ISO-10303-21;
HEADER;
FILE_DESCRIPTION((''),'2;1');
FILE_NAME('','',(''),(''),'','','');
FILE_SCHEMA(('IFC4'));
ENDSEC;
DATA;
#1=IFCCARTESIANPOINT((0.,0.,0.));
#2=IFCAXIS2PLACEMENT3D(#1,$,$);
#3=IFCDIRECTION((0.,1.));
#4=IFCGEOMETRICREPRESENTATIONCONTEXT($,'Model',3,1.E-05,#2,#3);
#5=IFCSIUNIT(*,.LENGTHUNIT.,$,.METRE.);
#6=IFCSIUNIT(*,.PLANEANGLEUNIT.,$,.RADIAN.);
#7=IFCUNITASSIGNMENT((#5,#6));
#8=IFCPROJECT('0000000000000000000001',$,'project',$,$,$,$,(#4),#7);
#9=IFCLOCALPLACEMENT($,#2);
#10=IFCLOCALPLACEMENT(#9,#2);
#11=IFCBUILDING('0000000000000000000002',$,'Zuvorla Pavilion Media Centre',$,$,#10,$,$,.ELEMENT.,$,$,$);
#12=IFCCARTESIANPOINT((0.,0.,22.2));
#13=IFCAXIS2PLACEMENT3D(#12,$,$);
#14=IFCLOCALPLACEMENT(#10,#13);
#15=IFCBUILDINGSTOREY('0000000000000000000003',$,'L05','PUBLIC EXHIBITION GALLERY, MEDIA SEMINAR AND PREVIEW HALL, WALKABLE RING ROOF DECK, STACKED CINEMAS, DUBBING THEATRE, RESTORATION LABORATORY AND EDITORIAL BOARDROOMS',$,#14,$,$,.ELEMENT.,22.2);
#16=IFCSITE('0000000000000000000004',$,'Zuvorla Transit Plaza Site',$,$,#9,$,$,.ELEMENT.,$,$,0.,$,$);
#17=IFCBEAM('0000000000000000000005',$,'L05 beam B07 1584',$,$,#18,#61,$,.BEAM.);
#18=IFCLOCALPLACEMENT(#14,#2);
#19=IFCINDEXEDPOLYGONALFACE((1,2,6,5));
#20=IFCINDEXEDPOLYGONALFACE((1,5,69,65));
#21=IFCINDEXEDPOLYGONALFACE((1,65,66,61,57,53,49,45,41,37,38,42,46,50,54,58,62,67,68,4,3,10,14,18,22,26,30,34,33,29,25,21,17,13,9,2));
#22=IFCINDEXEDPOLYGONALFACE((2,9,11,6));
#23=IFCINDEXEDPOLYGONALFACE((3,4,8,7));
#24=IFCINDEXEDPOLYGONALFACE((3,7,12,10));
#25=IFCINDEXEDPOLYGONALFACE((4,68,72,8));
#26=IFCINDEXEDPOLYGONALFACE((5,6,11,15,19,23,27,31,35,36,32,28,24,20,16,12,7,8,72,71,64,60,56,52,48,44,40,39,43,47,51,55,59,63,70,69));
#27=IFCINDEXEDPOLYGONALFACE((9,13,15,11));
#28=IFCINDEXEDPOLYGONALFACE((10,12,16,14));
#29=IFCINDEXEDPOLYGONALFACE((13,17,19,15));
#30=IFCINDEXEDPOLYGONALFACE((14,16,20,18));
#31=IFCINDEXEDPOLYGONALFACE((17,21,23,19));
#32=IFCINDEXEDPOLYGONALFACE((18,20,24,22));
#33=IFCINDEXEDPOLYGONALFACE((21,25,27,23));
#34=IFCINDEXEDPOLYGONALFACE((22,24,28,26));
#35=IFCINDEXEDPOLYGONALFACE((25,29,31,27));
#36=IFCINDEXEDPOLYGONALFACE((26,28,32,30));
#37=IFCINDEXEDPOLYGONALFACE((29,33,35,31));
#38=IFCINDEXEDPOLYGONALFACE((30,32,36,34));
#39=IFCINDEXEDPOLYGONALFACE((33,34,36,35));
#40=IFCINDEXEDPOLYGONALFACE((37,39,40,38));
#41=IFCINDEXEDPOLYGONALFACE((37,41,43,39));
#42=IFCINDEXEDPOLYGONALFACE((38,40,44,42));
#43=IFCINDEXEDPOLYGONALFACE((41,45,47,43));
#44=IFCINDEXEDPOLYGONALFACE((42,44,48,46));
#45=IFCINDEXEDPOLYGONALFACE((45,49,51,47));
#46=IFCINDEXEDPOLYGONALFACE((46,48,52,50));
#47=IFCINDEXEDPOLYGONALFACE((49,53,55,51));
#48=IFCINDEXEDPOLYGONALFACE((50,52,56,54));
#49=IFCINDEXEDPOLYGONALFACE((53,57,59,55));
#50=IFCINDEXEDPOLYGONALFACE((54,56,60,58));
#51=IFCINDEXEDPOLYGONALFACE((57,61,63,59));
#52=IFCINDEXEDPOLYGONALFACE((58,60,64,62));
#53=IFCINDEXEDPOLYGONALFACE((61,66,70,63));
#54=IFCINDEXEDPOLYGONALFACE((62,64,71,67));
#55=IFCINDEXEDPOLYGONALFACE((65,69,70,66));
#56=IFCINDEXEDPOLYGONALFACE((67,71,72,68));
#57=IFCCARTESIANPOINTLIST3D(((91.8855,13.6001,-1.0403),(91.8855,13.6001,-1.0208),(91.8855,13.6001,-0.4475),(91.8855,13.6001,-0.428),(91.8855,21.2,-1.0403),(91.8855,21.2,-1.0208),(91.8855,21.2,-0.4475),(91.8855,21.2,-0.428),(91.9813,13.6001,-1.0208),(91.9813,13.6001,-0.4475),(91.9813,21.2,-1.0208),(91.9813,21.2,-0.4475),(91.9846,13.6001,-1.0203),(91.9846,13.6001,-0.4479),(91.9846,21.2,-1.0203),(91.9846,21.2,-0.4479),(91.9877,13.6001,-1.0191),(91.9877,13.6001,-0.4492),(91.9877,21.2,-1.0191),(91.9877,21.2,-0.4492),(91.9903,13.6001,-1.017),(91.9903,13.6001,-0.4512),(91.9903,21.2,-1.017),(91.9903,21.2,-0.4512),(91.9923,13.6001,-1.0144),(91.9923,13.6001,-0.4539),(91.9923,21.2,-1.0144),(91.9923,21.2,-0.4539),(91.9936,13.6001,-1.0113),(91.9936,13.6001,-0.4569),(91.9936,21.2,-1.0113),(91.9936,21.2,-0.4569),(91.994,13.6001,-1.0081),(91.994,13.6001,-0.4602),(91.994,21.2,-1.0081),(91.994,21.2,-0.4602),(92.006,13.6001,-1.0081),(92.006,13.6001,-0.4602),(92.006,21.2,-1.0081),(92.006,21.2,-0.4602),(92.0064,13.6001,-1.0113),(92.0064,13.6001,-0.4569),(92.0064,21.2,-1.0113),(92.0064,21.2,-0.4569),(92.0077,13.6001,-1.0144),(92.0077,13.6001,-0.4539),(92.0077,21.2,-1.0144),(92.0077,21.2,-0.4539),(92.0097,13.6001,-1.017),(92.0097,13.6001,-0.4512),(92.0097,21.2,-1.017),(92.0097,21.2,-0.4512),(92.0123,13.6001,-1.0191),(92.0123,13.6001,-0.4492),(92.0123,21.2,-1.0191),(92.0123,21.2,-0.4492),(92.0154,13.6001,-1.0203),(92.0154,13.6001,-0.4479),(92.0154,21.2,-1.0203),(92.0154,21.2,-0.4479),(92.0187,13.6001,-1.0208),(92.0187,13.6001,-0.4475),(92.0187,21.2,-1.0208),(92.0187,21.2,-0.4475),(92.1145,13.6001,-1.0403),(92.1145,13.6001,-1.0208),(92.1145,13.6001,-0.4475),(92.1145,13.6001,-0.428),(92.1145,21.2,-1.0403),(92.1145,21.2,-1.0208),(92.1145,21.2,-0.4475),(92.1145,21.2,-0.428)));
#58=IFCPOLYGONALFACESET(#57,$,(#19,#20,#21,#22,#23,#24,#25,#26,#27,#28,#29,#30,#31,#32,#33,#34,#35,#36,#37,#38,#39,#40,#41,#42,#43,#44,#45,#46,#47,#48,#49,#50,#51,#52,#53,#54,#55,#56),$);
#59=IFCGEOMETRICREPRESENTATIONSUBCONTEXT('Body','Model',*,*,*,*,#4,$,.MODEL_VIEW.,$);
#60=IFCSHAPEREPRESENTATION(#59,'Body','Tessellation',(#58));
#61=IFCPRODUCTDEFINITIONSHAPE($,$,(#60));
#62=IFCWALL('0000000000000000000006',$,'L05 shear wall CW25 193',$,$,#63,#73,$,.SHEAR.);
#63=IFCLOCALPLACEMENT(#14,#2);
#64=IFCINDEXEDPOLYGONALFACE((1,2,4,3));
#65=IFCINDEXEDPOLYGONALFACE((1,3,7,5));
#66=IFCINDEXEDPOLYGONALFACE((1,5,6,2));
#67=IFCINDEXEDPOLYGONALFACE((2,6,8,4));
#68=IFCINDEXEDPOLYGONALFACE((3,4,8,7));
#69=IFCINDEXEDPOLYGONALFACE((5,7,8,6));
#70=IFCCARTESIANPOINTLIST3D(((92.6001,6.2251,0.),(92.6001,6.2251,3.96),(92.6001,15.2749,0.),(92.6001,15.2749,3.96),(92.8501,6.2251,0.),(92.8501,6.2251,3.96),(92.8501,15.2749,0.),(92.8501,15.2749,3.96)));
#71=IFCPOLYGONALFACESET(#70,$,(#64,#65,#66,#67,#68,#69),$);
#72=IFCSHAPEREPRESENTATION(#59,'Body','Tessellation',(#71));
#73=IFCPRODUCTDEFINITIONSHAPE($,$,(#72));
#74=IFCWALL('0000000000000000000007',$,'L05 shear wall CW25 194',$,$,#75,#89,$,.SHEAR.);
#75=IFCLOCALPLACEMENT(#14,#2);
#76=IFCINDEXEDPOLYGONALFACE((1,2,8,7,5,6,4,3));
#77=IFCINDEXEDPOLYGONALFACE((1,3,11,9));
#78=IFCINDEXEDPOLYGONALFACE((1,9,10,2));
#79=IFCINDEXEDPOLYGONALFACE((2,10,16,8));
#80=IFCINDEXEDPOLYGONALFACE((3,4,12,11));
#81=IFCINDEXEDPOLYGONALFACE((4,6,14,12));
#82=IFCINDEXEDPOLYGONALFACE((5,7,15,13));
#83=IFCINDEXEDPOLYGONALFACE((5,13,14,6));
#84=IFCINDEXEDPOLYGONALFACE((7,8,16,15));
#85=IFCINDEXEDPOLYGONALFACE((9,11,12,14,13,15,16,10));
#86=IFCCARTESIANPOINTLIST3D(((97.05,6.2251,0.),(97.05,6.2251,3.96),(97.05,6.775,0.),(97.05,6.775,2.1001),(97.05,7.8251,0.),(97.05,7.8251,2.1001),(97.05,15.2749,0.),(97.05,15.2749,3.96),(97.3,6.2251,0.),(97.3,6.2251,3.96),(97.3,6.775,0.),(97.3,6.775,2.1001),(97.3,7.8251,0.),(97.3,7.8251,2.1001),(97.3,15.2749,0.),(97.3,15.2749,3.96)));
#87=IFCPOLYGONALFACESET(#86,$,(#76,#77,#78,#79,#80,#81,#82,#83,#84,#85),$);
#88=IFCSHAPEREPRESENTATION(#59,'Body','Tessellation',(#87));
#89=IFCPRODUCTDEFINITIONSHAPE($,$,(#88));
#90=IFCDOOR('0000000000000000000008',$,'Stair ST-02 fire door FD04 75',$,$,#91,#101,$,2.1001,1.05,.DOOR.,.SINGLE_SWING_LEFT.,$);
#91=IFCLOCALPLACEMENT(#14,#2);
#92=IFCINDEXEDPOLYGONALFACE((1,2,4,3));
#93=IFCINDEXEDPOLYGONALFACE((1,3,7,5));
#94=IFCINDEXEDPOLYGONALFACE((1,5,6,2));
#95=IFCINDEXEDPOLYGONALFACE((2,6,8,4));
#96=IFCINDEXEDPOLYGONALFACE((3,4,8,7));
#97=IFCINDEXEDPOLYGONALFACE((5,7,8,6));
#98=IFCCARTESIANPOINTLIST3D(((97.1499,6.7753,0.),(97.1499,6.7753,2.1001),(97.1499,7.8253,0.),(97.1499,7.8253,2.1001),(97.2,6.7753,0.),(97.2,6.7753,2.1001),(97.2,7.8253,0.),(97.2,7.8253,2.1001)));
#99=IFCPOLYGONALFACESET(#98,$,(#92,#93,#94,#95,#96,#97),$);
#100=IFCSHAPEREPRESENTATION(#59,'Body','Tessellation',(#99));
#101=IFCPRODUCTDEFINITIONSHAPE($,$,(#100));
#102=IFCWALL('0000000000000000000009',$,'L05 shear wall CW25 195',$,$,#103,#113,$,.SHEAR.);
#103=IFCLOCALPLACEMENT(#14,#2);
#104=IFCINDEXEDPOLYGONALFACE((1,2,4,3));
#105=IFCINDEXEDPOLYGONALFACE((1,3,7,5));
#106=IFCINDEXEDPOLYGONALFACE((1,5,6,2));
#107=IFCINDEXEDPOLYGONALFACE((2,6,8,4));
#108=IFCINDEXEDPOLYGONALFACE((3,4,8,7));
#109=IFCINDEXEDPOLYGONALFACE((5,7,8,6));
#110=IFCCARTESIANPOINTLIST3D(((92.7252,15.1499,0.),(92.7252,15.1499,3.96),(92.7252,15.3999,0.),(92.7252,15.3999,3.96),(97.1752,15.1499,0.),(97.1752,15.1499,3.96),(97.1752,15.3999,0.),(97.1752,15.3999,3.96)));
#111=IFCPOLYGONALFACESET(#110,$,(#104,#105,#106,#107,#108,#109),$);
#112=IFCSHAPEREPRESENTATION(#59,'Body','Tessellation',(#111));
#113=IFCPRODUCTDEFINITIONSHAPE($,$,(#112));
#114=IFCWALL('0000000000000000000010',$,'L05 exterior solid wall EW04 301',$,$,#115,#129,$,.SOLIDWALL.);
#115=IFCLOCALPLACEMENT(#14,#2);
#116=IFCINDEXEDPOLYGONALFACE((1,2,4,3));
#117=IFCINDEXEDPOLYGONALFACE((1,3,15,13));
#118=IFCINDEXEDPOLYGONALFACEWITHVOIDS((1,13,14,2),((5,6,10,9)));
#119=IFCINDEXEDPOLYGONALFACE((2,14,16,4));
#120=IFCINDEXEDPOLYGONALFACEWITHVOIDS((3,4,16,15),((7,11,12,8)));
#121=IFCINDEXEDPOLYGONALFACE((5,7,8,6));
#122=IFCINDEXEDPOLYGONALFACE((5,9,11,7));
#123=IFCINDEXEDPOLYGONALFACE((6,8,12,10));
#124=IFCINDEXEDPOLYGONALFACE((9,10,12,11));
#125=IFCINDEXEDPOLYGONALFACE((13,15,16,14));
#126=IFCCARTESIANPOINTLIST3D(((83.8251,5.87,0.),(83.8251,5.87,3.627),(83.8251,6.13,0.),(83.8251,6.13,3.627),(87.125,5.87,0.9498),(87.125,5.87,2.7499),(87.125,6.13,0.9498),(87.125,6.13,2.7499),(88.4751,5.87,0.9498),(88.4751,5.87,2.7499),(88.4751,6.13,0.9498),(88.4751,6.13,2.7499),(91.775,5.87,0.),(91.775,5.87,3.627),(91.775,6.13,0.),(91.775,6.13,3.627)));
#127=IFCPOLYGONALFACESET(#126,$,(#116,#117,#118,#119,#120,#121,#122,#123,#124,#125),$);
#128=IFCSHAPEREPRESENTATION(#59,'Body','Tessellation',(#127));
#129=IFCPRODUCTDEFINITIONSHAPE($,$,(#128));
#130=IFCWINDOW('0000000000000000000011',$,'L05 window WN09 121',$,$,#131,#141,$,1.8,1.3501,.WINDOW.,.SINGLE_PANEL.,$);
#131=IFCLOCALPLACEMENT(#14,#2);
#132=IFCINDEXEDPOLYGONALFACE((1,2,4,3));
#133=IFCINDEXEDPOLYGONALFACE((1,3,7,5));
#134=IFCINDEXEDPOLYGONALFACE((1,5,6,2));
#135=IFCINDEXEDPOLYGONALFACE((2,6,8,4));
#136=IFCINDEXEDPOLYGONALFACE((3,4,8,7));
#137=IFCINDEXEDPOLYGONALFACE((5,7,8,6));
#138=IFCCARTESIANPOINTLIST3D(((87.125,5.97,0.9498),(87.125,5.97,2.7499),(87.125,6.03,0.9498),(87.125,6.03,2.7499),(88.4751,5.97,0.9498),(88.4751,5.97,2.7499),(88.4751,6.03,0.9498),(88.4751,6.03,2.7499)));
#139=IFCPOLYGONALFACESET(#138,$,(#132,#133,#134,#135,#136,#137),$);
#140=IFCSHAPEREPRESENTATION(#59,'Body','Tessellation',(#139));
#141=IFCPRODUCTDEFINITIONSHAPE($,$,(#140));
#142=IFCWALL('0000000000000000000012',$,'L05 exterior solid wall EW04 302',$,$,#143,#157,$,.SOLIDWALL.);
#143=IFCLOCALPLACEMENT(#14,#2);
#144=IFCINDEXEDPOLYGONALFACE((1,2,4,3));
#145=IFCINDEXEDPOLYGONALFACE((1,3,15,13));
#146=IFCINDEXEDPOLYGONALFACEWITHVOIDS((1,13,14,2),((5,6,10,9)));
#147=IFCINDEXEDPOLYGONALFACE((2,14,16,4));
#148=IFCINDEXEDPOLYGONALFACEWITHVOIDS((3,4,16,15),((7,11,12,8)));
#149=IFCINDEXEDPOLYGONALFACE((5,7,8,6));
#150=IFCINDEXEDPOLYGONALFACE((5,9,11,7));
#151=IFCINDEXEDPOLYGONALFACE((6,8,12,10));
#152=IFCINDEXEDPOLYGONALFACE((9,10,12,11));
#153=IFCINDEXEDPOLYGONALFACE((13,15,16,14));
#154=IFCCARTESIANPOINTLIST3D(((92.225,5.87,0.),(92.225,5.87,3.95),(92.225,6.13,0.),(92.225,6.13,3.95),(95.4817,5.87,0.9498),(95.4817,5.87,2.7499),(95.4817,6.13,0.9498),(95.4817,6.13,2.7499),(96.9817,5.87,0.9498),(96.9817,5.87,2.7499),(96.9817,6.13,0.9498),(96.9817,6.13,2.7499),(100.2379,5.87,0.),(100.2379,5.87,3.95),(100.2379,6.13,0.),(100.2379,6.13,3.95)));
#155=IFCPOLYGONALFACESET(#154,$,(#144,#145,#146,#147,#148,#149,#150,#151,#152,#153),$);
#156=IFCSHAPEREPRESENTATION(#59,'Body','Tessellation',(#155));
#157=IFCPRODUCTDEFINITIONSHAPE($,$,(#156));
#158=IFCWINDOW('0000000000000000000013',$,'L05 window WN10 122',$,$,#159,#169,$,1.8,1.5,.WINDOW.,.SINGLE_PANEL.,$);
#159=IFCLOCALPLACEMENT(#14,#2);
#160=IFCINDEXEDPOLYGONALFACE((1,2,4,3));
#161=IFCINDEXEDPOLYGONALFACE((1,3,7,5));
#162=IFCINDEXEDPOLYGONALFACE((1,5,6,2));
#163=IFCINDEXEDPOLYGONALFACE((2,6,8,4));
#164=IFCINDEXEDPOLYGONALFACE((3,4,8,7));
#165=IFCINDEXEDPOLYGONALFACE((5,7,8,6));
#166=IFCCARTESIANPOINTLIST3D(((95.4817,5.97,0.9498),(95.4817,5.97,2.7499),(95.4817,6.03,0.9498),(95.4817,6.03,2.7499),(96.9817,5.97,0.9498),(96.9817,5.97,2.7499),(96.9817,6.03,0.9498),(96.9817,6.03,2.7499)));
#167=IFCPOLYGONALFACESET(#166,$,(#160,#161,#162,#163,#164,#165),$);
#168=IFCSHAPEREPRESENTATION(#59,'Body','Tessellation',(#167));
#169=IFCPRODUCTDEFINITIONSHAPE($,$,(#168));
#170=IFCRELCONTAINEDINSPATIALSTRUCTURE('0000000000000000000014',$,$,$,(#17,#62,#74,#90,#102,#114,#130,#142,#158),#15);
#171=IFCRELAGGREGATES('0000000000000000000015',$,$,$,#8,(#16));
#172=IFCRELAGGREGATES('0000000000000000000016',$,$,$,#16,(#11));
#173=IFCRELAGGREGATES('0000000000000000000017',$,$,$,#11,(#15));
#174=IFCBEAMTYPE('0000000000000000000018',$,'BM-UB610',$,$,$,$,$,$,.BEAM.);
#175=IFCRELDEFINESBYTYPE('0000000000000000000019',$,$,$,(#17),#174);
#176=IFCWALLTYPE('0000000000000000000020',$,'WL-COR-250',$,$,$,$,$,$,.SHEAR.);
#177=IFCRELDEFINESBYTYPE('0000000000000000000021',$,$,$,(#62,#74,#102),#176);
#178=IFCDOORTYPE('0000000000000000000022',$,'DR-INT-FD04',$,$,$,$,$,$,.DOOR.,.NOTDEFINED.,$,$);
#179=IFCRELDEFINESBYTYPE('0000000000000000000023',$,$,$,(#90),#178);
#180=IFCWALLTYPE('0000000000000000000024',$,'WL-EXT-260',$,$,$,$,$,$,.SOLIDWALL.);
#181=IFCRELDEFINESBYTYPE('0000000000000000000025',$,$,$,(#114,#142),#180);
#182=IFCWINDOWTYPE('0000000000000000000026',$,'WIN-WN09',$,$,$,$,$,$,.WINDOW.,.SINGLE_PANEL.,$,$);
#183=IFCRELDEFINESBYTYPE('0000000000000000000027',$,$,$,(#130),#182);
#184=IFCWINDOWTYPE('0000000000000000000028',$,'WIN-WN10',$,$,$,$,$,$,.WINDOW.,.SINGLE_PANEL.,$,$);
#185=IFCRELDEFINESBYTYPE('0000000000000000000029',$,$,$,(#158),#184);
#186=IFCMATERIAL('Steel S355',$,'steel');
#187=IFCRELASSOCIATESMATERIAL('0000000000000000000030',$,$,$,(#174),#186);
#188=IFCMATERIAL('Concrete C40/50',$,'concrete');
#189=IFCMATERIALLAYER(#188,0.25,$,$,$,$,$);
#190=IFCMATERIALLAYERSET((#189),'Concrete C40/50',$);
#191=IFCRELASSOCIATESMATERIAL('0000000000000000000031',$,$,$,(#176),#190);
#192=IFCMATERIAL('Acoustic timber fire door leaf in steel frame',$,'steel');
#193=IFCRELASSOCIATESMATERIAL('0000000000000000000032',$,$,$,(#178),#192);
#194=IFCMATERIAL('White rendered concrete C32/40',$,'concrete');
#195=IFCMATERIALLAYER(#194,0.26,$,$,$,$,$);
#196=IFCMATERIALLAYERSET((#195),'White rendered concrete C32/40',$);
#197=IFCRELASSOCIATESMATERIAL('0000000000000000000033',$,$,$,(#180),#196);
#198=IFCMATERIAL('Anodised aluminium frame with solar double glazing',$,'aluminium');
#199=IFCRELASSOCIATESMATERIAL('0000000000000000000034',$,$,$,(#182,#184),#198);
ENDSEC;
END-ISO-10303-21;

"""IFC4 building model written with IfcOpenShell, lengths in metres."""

from ifc_helpers import new_model, si_unit, direction, frame, frame_2d, origin, origin_2d, place, context, subcontext, project, spatial, rectangle, i_section, extrude, material, layer, layer_set, material_profile, profile_set, type_object, element, fill, save


model = new_model("IFC4")

# Units and contexts
model_context = context("Model", 3, precision=1e-05, world=origin(), true_north=direction((0.0, 1.0)))
body_context = subcontext(model_context, "Body", "Model", "MODEL_VIEW")
ifc_project = project(units=[si_unit("LENGTHUNIT", "METRE"), si_unit("PLANEANGLEUNIT", "RADIAN")], contexts=[model_context])

# Site, building, storey
site_placement = place(None, origin())
site = spatial("IfcSite", under=ifc_project, at=site_placement, Name="Zuvorla Transit Plaza Site", CompositionType="ELEMENT", RefElevation=0.0)
building_placement = place(site_placement, origin())
building = spatial("IfcBuilding", under=site, at=building_placement, Name="Zuvorla Pavilion Media Centre", CompositionType="ELEMENT")
storey_placement = place(building_placement, frame((0.0, 0.0, 22.2)))
storey = spatial("IfcBuildingStorey", under=building, at=storey_placement, Name="L05", Description="PUBLIC EXHIBITION GALLERY, MEDIA SEMINAR AND PREVIEW HALL, WALKABLE RING ROOF DECK, STACKED CINEMAS, DUBBING THEATRE, RESTORATION LABORATORY AND EDITORIAL BOARDROOMS", CompositionType="ELEMENT", Elevation=22.2)

# Shared definitions
ifc_material_1 = material(Name="Concrete C40/50", Category="concrete")

# Beam
ifc_material_2 = material(Name="Steel S355", Category="steel")
ifc_material_profile_1 = material_profile(ifc_material_2, i_section(OverallWidth=0.229, OverallDepth=0.6123, WebThickness=0.012, FlangeThickness=0.0195, FilletRadius=0.0127, at=origin_2d()), Name="UB 610x229x125")
ifc_profile_set_1 = profile_set([ifc_material_profile_1], Name="Steel S355")
beam_type_1 = type_object("IfcBeamType", Name="BM-UB610", PredefinedType="BEAM", material=ifc_profile_set_1)
beam_1_placement = place(storey_placement, frame((92.0, 13.6001, -0.7341), z_axis=(0.0, 1.0, 0.0), x_axis=(-1.0, 0.0, 0.0)))
element("IfcBeam", 1, at=beam_1_placement, inside=storey, type_object=beam_type_1, Name="L05 beam B07 1584", PredefinedType="BEAM", context=body_context, shape_type="SweptSolid", body=[
    extrude(i_section(OverallWidth=0.229, OverallDepth=0.6123, WebThickness=0.012, FlangeThickness=0.0195, FilletRadius=0.0127, at=origin_2d()), origin(), (0.0, 0.0, 1.0), 7.5999),
])

# Wall
ifc_layer_1 = layer(ifc_material_1, 0.25)
ifc_layer_set_1 = layer_set([ifc_layer_1], Name="Concrete C40/50")
wall_type_1 = type_object("IfcWallType", Name="WL-COR-250", PredefinedType="SHEAR", material=ifc_layer_set_1)
wall_1_placement = place(storey_placement, frame((92.7251, 6.2251, 0.0), z_axis=(0.0, 0.0, 1.0), x_axis=(0.0, 1.0, 0.0)))
element("IfcWall", 2, at=wall_1_placement, inside=storey, type_object=wall_type_1, Name="L05 shear wall CW25 193", PredefinedType="SHEAR", context=body_context, shape_type="SweptSolid", body=[
    extrude(rectangle(XDim=9.0498, YDim=0.25, at=frame_2d((4.5249, 0.0))), origin(), (0.0, 0.0, 1.0), 3.96),
])

# Wall, opening, door
wall_2_placement = place(storey_placement, frame((97.175, 6.2251, 0.0), z_axis=(0.0, 0.0, 1.0), x_axis=(0.0, 1.0, 0.0)))
wall_2 = element("IfcWall", 3, at=wall_2_placement, inside=storey, type_object=wall_type_1, Name="L05 shear wall CW25 194", PredefinedType="SHEAR", context=body_context, shape_type="SweptSolid", body=[
    extrude(rectangle(XDim=9.0498, YDim=0.25, at=frame_2d((4.5249, 0.0))), origin(), (0.0, 0.0, 1.0), 3.96),
])
opening_1_placement = place(wall_2_placement, frame((0.55, 0.0, 0.0)))
opening_1 = element("IfcOpeningElement", 4, at=opening_1_placement, cuts=wall_2, PredefinedType="OPENING", context=body_context, shape_type="SweptSolid", body=[
    extrude(rectangle(XDim=1.05, YDim=2.1001, at=frame_2d((0.5249, 1.05))), frame((0.0, 0.135, 0.0), z_axis=(0.0, -1.0, 0.0), x_axis=(1.0, 0.0, 0.0)), (0.0, 0.0, 1.0), 0.27),
])
ifc_material_3 = material(Name="Acoustic timber fire door leaf in steel frame", Category="steel")
door_type = type_object("IfcDoorType", Name="DR-INT-FD04", OperationType="NOTDEFINED", PredefinedType="DOOR", material=ifc_material_3)
door_placement = place(opening_1_placement, frame((1.05, 0.0, 0.0), z_axis=(0.0, 0.0, 1.0), x_axis=(-1.0, 0.0, 0.0)))
door = element("IfcDoor", 5, at=door_placement, inside=storey, type_object=door_type, Name="Stair ST-02 fire door FD04 75", OperationType="SINGLE_SWING_LEFT", OverallHeight=2.1001, OverallWidth=1.05, PredefinedType="DOOR", context=body_context, shape_type="SweptSolid", body=[
    extrude(rectangle(XDim=1.05, YDim=2.1001, at=frame_2d((0.5249, 1.05))), frame((0.0, 0.0249, 0.0), z_axis=(0.0, -1.0, 0.0), x_axis=(1.0, 0.0, 0.0)), (0.0, 0.0, 1.0), 0.05),
])
fill(opening_1, door)

# Wall
wall_3_placement = place(storey_placement, frame((92.7251, 15.2749, 0.0), z_axis=(0.0, 0.0, 1.0), x_axis=(1.0, 0.0, 0.0)))
element("IfcWall", 6, at=wall_3_placement, inside=storey, type_object=wall_type_1, Name="L05 shear wall CW25 195", PredefinedType="SHEAR", context=body_context, shape_type="SweptSolid", body=[
    extrude(rectangle(XDim=4.45, YDim=0.25, at=frame_2d((2.2251, 0.0))), origin(), (0.0, 0.0, 1.0), 3.96),
])

# Walls, openings, windows
ifc_material_4 = material(Name="White rendered concrete C32/40", Category="concrete")
ifc_layer_2 = layer(ifc_material_4, 0.26)
ifc_layer_set_2 = layer_set([ifc_layer_2], Name="White rendered concrete C32/40")
wall_type_2 = type_object("IfcWallType", Name="WL-EXT-260", PredefinedType="SOLIDWALL", material=ifc_layer_set_2)
wall_4_placement = place(storey_placement, frame((83.825, 6.0, 0.0), z_axis=(0.0, 0.0, 1.0), x_axis=(1.0, 0.0, 0.0)))
wall_4 = element("IfcWall", 7, at=wall_4_placement, inside=storey, type_object=wall_type_2, Name="L05 exterior solid wall EW04 301", PredefinedType="SOLIDWALL", context=body_context, shape_type="SweptSolid", body=[
    extrude(rectangle(XDim=7.95, YDim=0.26, at=frame_2d((3.9751, 0.0))), origin(), (0.0, 0.0, 1.0), 3.627),
])
opening_2_placement = place(wall_4_placement, frame((3.3, 0.0, 0.95)))
opening_2 = element("IfcOpeningElement", 8, at=opening_2_placement, cuts=wall_4, PredefinedType="OPENING", context=body_context, shape_type="SweptSolid", body=[
    extrude(rectangle(XDim=1.3501, YDim=1.8, at=frame_2d((0.675, 0.8999))), frame((0.0, 0.1399, 0.0), z_axis=(0.0, -1.0, 0.0), x_axis=(1.0, 0.0, 0.0)), (0.0, 0.0, 1.0), 0.28),
])
ifc_material_5 = material(Name="Anodised aluminium frame with solar double glazing", Category="aluminium")
window_type_1 = type_object("IfcWindowType", Name="WIN-WN09", PartitioningType="SINGLE_PANEL", PredefinedType="WINDOW", material=ifc_material_5)
window_1_placement = place(opening_2_placement, origin())
window_1 = element("IfcWindow", 9, at=window_1_placement, inside=storey, type_object=window_type_1, Name="L05 window WN09 121", OverallHeight=1.8, OverallWidth=1.3501, PartitioningType="SINGLE_PANEL", PredefinedType="WINDOW", context=body_context, shape_type="SweptSolid", body=[
    extrude(rectangle(XDim=1.3501, YDim=1.8, at=frame_2d((0.675, 0.8999))), frame((0.0, 0.03, 0.0), z_axis=(0.0, -1.0, 0.0), x_axis=(1.0, 0.0, 0.0)), (0.0, 0.0, 1.0), 0.0601),
])
fill(opening_2, window_1)
wall_5_placement = place(storey_placement, frame((92.2251, 6.0, 0.0), z_axis=(0.0, 0.0, 1.0), x_axis=(1.0, 0.0, 0.0)))
wall_5 = element("IfcWall", 10, at=wall_5_placement, inside=storey, type_object=wall_type_2, Name="L05 exterior solid wall EW04 302", PredefinedType="SOLIDWALL", context=body_context, shape_type="SweptSolid", body=[
    extrude(rectangle(XDim=8.0129, YDim=0.26, at=frame_2d((4.0063, 0.0))), origin(), (0.0, 0.0, 1.0), 3.95),
])
opening_3_placement = place(wall_5_placement, frame((3.2566, 0.0, 0.95)))
opening_3 = element("IfcOpeningElement", 11, at=opening_3_placement, cuts=wall_5, PredefinedType="OPENING", context=body_context, shape_type="SweptSolid", body=[
    extrude(rectangle(XDim=1.5, YDim=1.8, at=frame_2d((0.75, 0.8999))), frame((0.0, 0.1399, 0.0), z_axis=(0.0, -1.0, 0.0), x_axis=(1.0, 0.0, 0.0)), (0.0, 0.0, 1.0), 0.28),
])
window_type_2 = type_object("IfcWindowType", Name="WIN-WN10", PartitioningType="SINGLE_PANEL", PredefinedType="WINDOW", material=ifc_material_5)
window_2_placement = place(opening_3_placement, origin())
window_2 = element("IfcWindow", 12, at=window_2_placement, inside=storey, type_object=window_type_2, Name="L05 window WN10 122", OverallHeight=1.8, OverallWidth=1.5, PartitioningType="SINGLE_PANEL", PredefinedType="WINDOW", context=body_context, shape_type="SweptSolid", body=[
    extrude(rectangle(XDim=1.5, YDim=1.8, at=frame_2d((0.75, 0.8999))), frame((0.0, 0.03, 0.0), z_axis=(0.0, -1.0, 0.0), x_axis=(1.0, 0.0, 0.0)), (0.0, 0.0, 1.0), 0.0601),
])
fill(opening_3, window_2)

save(model, "model.ifc")
